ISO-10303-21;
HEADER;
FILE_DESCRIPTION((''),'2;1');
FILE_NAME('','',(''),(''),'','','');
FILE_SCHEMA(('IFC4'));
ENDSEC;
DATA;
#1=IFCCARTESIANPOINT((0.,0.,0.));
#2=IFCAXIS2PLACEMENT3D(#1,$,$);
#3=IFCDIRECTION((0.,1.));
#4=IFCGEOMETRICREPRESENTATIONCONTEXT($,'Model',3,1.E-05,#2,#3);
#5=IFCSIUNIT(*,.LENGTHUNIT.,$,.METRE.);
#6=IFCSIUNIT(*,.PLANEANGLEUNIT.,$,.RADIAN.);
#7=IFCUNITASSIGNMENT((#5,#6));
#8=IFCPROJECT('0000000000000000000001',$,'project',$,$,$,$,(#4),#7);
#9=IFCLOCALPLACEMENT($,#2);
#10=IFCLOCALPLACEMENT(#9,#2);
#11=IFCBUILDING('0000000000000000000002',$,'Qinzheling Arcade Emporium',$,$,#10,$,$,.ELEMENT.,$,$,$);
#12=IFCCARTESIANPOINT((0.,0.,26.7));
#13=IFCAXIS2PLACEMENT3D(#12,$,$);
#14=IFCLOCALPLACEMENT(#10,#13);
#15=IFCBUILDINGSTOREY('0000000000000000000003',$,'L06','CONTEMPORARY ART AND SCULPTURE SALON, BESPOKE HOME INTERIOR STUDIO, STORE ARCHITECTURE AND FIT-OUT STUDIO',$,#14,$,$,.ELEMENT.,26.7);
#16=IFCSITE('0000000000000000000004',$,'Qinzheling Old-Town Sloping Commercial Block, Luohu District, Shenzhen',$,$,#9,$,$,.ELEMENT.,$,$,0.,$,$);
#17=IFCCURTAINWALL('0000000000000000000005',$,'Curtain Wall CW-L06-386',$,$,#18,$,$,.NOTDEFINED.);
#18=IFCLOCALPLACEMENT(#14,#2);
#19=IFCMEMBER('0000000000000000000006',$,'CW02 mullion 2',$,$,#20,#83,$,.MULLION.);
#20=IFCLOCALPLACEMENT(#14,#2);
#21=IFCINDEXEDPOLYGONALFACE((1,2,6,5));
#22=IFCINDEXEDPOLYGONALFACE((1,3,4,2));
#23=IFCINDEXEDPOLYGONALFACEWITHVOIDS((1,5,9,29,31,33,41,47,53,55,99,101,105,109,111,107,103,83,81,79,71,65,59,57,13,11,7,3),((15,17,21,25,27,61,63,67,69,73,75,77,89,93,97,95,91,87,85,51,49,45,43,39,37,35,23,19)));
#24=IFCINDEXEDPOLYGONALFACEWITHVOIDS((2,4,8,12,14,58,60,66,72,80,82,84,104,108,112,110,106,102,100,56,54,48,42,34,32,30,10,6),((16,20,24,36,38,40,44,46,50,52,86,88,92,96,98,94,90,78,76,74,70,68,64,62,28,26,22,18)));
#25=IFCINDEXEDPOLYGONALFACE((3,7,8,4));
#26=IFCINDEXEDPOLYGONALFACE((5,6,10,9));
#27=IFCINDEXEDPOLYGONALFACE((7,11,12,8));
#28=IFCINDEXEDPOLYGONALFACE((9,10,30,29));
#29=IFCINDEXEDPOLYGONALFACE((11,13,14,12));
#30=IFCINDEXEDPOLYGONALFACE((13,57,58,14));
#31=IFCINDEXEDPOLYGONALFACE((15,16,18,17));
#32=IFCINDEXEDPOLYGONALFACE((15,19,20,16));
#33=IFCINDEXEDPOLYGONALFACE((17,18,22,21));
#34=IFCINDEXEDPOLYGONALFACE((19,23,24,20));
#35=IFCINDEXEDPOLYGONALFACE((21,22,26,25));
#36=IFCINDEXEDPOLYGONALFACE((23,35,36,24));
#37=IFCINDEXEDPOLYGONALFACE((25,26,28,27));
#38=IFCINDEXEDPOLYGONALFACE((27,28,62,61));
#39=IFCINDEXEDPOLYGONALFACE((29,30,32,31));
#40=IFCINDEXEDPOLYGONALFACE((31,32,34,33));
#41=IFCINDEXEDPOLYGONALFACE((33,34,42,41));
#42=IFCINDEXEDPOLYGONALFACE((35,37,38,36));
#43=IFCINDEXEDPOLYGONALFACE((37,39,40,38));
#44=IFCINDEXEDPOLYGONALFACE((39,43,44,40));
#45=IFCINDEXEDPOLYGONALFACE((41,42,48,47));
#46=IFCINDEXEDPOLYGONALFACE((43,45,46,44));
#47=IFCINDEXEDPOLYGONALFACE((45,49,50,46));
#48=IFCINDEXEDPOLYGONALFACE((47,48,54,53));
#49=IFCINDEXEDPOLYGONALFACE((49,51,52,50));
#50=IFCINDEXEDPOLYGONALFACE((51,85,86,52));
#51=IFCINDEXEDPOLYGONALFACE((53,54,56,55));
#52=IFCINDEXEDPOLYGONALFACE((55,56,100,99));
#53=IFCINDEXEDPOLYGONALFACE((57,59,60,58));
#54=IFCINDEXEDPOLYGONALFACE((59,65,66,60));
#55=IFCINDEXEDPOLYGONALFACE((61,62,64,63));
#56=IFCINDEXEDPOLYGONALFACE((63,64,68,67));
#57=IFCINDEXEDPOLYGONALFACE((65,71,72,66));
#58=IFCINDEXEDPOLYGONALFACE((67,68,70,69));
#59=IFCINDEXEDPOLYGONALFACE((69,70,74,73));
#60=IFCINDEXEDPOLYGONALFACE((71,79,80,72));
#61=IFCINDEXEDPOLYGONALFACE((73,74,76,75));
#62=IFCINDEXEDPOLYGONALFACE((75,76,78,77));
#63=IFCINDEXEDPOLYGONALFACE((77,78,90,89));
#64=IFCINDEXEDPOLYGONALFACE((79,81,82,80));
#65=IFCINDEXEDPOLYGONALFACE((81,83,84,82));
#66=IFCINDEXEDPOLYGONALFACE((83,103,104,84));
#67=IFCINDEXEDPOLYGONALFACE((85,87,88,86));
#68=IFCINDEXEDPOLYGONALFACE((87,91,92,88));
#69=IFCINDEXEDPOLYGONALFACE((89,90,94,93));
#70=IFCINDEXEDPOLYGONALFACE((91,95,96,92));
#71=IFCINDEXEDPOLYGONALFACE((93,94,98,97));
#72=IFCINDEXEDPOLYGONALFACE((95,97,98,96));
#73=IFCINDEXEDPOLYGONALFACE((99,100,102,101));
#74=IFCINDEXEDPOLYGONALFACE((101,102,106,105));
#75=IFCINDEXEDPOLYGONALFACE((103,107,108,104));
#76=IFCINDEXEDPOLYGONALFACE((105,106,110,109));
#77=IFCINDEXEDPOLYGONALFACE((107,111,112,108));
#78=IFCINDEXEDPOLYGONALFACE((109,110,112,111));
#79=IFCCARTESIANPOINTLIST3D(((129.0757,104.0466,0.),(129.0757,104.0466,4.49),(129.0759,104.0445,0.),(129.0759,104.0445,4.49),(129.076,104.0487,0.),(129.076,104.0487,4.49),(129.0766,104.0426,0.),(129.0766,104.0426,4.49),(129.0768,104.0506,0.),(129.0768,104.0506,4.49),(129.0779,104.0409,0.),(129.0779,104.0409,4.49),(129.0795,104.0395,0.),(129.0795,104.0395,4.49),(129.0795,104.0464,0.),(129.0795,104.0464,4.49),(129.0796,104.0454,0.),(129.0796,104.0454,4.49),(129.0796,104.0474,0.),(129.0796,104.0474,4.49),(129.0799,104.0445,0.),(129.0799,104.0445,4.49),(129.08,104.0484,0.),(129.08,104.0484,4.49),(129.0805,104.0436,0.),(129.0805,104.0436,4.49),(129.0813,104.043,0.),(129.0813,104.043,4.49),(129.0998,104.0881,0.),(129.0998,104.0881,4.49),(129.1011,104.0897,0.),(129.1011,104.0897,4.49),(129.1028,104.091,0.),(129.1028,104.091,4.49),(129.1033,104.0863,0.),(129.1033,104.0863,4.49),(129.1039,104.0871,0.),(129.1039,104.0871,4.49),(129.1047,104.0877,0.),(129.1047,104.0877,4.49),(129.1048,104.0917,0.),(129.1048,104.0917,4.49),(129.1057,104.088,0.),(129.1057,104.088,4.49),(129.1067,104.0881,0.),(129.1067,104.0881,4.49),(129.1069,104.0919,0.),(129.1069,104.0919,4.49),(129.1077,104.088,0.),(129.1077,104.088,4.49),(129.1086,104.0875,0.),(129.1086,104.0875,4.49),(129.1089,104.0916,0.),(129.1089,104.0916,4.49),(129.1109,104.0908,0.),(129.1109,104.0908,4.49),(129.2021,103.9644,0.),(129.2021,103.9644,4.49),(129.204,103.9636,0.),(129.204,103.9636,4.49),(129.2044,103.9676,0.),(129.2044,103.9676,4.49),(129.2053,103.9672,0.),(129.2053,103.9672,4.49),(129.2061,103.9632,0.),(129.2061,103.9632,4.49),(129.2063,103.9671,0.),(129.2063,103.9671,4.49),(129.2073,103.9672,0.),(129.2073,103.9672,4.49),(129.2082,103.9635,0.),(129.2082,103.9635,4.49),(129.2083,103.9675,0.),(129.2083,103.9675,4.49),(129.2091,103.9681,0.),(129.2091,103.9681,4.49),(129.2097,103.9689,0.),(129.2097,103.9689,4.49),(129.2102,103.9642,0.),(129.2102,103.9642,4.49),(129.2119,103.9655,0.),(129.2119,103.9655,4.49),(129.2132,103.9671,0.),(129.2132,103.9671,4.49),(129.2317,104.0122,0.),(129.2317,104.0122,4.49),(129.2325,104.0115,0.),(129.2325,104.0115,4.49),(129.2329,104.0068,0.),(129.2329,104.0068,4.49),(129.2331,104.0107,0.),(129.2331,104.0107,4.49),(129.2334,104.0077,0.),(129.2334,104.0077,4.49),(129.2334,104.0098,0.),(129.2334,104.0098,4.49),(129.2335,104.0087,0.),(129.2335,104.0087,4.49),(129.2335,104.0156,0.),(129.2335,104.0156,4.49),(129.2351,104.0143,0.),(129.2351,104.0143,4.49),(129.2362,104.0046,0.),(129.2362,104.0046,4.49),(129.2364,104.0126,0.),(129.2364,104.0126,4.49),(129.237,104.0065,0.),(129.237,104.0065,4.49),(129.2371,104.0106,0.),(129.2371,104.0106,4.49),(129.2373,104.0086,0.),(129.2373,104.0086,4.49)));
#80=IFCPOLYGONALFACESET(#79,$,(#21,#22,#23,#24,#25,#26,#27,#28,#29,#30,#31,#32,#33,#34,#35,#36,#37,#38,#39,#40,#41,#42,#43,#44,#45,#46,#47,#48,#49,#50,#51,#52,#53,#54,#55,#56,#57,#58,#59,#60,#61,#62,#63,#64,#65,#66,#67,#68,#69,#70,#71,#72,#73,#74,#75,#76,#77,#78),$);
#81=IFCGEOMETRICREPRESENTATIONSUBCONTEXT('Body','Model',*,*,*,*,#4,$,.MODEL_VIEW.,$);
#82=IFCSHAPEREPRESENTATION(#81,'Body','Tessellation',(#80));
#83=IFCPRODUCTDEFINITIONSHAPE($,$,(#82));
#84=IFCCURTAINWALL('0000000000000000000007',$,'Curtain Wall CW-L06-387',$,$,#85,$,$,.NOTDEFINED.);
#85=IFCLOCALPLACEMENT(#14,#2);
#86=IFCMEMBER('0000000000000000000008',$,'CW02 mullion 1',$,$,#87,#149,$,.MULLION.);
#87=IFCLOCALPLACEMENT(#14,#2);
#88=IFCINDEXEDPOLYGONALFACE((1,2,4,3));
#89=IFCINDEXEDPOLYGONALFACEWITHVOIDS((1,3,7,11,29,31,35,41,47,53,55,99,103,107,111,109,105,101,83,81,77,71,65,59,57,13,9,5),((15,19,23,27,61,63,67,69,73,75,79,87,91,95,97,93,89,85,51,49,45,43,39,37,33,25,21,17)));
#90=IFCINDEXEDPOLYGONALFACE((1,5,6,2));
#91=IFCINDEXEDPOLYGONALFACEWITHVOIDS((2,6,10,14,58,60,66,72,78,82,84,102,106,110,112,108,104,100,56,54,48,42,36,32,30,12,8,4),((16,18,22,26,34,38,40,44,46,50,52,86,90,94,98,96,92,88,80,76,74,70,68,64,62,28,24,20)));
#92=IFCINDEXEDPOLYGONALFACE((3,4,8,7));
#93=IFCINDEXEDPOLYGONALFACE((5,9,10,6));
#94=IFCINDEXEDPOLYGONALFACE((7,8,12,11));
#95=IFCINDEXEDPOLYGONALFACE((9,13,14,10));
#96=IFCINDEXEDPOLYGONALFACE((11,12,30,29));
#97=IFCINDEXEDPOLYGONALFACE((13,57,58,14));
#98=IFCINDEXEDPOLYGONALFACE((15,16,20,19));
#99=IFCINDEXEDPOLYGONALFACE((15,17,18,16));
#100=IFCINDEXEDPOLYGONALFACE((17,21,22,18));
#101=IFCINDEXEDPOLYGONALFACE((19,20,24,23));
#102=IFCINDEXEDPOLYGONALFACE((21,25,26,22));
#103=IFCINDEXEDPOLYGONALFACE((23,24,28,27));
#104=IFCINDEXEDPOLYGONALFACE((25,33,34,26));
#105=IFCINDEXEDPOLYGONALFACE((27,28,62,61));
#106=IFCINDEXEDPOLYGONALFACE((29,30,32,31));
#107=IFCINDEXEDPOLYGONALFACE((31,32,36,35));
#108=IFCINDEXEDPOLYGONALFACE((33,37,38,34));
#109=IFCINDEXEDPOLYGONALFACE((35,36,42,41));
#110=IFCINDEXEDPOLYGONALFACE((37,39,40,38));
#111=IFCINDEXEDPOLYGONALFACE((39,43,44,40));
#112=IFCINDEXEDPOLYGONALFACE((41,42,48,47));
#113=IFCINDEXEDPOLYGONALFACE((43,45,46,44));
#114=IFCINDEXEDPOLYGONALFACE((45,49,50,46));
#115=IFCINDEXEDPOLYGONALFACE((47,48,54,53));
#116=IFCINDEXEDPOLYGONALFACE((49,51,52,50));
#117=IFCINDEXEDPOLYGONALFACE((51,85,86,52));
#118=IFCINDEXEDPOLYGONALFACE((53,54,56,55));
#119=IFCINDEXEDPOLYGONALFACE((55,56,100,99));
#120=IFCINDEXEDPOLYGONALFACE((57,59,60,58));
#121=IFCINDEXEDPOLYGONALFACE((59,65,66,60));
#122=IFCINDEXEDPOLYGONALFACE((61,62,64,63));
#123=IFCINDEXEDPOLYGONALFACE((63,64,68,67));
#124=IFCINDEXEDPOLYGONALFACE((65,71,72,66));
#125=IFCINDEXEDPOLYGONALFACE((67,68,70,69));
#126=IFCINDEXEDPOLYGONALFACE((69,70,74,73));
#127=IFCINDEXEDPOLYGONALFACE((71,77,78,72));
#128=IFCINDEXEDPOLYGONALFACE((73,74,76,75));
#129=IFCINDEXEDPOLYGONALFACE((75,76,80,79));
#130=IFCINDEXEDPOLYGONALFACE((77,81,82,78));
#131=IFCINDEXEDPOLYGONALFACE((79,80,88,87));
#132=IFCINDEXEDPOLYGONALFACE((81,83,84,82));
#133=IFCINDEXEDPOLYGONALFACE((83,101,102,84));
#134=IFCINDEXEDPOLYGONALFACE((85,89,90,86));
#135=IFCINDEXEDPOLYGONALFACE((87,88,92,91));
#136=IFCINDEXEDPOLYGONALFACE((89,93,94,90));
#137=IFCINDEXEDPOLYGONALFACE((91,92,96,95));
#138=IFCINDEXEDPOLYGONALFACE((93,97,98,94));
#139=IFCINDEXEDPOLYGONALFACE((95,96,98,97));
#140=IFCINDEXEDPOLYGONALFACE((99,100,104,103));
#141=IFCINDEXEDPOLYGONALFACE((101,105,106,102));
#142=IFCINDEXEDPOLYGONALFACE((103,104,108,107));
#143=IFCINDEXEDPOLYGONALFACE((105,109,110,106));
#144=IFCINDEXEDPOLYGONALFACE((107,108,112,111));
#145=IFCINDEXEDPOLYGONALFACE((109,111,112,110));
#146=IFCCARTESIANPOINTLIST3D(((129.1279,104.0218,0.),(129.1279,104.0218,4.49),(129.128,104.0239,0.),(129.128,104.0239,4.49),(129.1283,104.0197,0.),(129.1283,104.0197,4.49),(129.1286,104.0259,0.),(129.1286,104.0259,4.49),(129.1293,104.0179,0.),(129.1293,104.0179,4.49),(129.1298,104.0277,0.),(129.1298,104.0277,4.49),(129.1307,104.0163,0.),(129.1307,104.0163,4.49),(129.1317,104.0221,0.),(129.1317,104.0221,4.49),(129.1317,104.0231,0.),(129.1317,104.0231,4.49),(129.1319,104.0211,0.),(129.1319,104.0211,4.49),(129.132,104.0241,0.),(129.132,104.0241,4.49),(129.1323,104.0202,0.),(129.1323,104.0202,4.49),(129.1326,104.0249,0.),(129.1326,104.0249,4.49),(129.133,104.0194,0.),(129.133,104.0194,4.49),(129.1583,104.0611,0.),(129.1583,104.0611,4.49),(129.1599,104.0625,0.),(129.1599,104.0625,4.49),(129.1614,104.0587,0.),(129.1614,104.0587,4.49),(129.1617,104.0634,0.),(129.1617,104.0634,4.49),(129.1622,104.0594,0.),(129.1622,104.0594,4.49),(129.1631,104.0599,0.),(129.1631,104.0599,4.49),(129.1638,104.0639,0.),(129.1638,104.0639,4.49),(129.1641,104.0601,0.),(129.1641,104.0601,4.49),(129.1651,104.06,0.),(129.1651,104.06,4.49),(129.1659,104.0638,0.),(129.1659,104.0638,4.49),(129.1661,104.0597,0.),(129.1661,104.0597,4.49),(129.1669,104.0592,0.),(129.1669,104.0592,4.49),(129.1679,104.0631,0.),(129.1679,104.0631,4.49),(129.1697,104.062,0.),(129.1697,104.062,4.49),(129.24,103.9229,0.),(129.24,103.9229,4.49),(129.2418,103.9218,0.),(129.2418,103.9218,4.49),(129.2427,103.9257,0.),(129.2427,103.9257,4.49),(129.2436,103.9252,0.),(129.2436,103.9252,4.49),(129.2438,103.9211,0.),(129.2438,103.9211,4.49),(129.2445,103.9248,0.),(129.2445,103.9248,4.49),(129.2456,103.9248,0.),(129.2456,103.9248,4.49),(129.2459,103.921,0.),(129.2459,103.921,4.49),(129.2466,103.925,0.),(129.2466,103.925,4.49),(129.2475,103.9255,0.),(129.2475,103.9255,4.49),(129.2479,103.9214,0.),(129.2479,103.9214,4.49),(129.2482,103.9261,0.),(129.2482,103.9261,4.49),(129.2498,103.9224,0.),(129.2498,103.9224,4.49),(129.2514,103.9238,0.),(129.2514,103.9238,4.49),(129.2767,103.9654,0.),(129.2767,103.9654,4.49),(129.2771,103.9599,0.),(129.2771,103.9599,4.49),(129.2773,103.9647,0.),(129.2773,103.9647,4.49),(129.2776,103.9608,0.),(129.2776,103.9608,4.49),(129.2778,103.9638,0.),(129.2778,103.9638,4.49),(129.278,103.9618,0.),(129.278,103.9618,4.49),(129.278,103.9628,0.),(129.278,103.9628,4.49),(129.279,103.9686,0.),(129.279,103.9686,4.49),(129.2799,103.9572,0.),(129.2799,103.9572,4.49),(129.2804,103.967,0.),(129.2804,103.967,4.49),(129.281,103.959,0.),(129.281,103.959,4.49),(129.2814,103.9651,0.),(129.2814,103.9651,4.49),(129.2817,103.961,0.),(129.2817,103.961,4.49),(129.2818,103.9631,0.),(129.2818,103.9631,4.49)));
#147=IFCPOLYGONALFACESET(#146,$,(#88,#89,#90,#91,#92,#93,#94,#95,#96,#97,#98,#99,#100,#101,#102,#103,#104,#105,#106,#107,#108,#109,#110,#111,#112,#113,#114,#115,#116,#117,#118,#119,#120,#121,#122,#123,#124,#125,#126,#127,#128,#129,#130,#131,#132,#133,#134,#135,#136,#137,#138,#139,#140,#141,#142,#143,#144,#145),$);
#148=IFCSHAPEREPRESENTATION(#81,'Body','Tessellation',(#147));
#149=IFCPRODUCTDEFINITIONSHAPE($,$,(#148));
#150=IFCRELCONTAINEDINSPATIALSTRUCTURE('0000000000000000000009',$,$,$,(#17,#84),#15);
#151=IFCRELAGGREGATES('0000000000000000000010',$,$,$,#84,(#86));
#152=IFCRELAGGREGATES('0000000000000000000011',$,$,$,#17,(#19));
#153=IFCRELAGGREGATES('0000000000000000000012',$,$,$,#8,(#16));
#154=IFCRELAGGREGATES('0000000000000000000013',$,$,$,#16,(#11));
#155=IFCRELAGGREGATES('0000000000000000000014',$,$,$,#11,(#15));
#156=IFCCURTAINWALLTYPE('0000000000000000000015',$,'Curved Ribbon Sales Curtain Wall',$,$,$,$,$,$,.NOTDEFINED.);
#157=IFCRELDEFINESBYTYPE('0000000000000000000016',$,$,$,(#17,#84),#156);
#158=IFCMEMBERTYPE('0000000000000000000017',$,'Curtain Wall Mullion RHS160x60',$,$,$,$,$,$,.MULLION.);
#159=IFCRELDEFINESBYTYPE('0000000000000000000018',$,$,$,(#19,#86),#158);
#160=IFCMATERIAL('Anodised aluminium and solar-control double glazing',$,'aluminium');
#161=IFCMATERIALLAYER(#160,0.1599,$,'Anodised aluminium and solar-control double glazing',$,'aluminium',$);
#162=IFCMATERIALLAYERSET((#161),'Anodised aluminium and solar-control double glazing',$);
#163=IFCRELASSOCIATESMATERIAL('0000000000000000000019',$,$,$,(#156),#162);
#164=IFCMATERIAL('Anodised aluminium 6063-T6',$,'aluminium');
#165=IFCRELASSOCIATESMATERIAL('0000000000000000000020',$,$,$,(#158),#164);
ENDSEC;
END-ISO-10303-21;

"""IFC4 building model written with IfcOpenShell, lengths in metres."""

from ifc_helpers import new_model, si_unit, direction, frame, origin, origin_2d, place, context, subcontext, project, spatial, hollow_rectangle, extrude, material, layer, layer_set, material_profile, profile_set, type_object, element, aggregate, save


model = new_model("IFC4")

# Units and contexts
model_context = context("Model", 3, precision=1e-05, world=origin(), true_north=direction((0.0, 1.0)))
body_context = subcontext(model_context, "Body", "Model", "MODEL_VIEW")
ifc_project = project(units=[si_unit("LENGTHUNIT", "METRE"), si_unit("PLANEANGLEUNIT", "RADIAN")], contexts=[model_context])

# Site, building, storey
site_placement = place(None, origin())
site = spatial("IfcSite", under=ifc_project, at=site_placement, Name="Qinzheling Old-Town Sloping Commercial Block, Luohu District, Shenzhen", CompositionType="ELEMENT", RefElevation=0.0)
building_placement = place(site_placement, origin())
building = spatial("IfcBuilding", under=site, at=building_placement, Name="Qinzheling Arcade Emporium", CompositionType="ELEMENT")
storey_placement = place(building_placement, frame((0.0, 0.0, 26.7)))
storey = spatial("IfcBuildingStorey", under=building, at=storey_placement, Name="L06", Description="CONTEMPORARY ART AND SCULPTURE SALON, BESPOKE HOME INTERIOR STUDIO, STORE ARCHITECTURE AND FIT-OUT STUDIO", CompositionType="ELEMENT", Elevation=26.7)

# Shared definitions
ifc_material_1 = material(Name="Anodised aluminium and solar-control double glazing", Category="aluminium")
ifc_layer_1 = layer(ifc_material_1, 0.1599, Name="Anodised aluminium and solar-control double glazing", Category="aluminium")
ifc_layer_set_1 = layer_set([ifc_layer_1], Name="Anodised aluminium and solar-control double glazing")
curtain_wall_type = type_object("IfcCurtainWallType", Name="Curved Ribbon Sales Curtain Wall", PredefinedType="NOTDEFINED", material=ifc_layer_set_1)
ifc_material_2 = material(Name="Anodised aluminium 6063-T6", Category="aluminium")
ifc_material_profile_1 = material_profile(ifc_material_2, hollow_rectangle(XDim=0.0601, YDim=0.1599, WallThickness=0.0039, InnerFilletRadius=0.0039, OuterFilletRadius=0.0081, at=origin_2d()), Name="RHS 160x60x4", Category="aluminium")
ifc_profile_set_1 = profile_set([ifc_material_profile_1], Name="Anodised aluminium 6063-T6")
member_type_1 = type_object("IfcMemberType", Name="Curtain Wall Mullion RHS160x60", PredefinedType="MULLION", material=ifc_profile_set_1)

# Curtain wall, member
curtain_wall_1_placement = place(storey_placement, origin())
curtain_wall_1 = element("IfcCurtainWall", 1, at=curtain_wall_1_placement, inside=storey, type_object=curtain_wall_type, Name="Curtain Wall CW-L06-386", PredefinedType="NOTDEFINED")
member_1_placement = place(storey_placement, frame((129.1565, 104.0276, 0.0), z_axis=(0.0, 0.0, 1.0), x_axis=(0.522368, 0.85272, 0.0)))
member_1 = element("IfcMember", 2, at=member_1_placement, type_object=member_type_1, Name="CW02 mullion 2", PredefinedType="MULLION", context=body_context, shape_type="SweptSolid", body=[
    extrude(hollow_rectangle(XDim=0.0601, YDim=0.1599, WallThickness=0.0039, InnerFilletRadius=0.0039, OuterFilletRadius=0.0081, at=origin_2d()), origin(), (0.0, 0.0, 1.0), 4.49),
])

# Curtain wall, member
curtain_wall_2_placement = place(storey_placement, origin())
curtain_wall_2 = element("IfcCurtainWall", 3, at=curtain_wall_2_placement, inside=storey, type_object=curtain_wall_type, Name="Curtain Wall CW-L06-387", PredefinedType="NOTDEFINED")
member_2_placement = place(storey_placement, frame((129.2048, 103.9924, 0.0), z_axis=(0.0, 0.0, 1.0), x_axis=(0.649496, 0.760365, 0.0)))
member_2 = element("IfcMember", 4, at=member_2_placement, type_object=member_type_1, Name="CW02 mullion 1", PredefinedType="MULLION", context=body_context, shape_type="SweptSolid", body=[
    extrude(hollow_rectangle(XDim=0.0601, YDim=0.1599, WallThickness=0.0039, InnerFilletRadius=0.0039, OuterFilletRadius=0.0081, at=origin_2d()), origin(), (0.0, 0.0, 1.0), 4.49),
])

aggregate(curtain_wall_2, [member_2])

aggregate(curtain_wall_1, [member_1])

save(model, "model.ifc")
